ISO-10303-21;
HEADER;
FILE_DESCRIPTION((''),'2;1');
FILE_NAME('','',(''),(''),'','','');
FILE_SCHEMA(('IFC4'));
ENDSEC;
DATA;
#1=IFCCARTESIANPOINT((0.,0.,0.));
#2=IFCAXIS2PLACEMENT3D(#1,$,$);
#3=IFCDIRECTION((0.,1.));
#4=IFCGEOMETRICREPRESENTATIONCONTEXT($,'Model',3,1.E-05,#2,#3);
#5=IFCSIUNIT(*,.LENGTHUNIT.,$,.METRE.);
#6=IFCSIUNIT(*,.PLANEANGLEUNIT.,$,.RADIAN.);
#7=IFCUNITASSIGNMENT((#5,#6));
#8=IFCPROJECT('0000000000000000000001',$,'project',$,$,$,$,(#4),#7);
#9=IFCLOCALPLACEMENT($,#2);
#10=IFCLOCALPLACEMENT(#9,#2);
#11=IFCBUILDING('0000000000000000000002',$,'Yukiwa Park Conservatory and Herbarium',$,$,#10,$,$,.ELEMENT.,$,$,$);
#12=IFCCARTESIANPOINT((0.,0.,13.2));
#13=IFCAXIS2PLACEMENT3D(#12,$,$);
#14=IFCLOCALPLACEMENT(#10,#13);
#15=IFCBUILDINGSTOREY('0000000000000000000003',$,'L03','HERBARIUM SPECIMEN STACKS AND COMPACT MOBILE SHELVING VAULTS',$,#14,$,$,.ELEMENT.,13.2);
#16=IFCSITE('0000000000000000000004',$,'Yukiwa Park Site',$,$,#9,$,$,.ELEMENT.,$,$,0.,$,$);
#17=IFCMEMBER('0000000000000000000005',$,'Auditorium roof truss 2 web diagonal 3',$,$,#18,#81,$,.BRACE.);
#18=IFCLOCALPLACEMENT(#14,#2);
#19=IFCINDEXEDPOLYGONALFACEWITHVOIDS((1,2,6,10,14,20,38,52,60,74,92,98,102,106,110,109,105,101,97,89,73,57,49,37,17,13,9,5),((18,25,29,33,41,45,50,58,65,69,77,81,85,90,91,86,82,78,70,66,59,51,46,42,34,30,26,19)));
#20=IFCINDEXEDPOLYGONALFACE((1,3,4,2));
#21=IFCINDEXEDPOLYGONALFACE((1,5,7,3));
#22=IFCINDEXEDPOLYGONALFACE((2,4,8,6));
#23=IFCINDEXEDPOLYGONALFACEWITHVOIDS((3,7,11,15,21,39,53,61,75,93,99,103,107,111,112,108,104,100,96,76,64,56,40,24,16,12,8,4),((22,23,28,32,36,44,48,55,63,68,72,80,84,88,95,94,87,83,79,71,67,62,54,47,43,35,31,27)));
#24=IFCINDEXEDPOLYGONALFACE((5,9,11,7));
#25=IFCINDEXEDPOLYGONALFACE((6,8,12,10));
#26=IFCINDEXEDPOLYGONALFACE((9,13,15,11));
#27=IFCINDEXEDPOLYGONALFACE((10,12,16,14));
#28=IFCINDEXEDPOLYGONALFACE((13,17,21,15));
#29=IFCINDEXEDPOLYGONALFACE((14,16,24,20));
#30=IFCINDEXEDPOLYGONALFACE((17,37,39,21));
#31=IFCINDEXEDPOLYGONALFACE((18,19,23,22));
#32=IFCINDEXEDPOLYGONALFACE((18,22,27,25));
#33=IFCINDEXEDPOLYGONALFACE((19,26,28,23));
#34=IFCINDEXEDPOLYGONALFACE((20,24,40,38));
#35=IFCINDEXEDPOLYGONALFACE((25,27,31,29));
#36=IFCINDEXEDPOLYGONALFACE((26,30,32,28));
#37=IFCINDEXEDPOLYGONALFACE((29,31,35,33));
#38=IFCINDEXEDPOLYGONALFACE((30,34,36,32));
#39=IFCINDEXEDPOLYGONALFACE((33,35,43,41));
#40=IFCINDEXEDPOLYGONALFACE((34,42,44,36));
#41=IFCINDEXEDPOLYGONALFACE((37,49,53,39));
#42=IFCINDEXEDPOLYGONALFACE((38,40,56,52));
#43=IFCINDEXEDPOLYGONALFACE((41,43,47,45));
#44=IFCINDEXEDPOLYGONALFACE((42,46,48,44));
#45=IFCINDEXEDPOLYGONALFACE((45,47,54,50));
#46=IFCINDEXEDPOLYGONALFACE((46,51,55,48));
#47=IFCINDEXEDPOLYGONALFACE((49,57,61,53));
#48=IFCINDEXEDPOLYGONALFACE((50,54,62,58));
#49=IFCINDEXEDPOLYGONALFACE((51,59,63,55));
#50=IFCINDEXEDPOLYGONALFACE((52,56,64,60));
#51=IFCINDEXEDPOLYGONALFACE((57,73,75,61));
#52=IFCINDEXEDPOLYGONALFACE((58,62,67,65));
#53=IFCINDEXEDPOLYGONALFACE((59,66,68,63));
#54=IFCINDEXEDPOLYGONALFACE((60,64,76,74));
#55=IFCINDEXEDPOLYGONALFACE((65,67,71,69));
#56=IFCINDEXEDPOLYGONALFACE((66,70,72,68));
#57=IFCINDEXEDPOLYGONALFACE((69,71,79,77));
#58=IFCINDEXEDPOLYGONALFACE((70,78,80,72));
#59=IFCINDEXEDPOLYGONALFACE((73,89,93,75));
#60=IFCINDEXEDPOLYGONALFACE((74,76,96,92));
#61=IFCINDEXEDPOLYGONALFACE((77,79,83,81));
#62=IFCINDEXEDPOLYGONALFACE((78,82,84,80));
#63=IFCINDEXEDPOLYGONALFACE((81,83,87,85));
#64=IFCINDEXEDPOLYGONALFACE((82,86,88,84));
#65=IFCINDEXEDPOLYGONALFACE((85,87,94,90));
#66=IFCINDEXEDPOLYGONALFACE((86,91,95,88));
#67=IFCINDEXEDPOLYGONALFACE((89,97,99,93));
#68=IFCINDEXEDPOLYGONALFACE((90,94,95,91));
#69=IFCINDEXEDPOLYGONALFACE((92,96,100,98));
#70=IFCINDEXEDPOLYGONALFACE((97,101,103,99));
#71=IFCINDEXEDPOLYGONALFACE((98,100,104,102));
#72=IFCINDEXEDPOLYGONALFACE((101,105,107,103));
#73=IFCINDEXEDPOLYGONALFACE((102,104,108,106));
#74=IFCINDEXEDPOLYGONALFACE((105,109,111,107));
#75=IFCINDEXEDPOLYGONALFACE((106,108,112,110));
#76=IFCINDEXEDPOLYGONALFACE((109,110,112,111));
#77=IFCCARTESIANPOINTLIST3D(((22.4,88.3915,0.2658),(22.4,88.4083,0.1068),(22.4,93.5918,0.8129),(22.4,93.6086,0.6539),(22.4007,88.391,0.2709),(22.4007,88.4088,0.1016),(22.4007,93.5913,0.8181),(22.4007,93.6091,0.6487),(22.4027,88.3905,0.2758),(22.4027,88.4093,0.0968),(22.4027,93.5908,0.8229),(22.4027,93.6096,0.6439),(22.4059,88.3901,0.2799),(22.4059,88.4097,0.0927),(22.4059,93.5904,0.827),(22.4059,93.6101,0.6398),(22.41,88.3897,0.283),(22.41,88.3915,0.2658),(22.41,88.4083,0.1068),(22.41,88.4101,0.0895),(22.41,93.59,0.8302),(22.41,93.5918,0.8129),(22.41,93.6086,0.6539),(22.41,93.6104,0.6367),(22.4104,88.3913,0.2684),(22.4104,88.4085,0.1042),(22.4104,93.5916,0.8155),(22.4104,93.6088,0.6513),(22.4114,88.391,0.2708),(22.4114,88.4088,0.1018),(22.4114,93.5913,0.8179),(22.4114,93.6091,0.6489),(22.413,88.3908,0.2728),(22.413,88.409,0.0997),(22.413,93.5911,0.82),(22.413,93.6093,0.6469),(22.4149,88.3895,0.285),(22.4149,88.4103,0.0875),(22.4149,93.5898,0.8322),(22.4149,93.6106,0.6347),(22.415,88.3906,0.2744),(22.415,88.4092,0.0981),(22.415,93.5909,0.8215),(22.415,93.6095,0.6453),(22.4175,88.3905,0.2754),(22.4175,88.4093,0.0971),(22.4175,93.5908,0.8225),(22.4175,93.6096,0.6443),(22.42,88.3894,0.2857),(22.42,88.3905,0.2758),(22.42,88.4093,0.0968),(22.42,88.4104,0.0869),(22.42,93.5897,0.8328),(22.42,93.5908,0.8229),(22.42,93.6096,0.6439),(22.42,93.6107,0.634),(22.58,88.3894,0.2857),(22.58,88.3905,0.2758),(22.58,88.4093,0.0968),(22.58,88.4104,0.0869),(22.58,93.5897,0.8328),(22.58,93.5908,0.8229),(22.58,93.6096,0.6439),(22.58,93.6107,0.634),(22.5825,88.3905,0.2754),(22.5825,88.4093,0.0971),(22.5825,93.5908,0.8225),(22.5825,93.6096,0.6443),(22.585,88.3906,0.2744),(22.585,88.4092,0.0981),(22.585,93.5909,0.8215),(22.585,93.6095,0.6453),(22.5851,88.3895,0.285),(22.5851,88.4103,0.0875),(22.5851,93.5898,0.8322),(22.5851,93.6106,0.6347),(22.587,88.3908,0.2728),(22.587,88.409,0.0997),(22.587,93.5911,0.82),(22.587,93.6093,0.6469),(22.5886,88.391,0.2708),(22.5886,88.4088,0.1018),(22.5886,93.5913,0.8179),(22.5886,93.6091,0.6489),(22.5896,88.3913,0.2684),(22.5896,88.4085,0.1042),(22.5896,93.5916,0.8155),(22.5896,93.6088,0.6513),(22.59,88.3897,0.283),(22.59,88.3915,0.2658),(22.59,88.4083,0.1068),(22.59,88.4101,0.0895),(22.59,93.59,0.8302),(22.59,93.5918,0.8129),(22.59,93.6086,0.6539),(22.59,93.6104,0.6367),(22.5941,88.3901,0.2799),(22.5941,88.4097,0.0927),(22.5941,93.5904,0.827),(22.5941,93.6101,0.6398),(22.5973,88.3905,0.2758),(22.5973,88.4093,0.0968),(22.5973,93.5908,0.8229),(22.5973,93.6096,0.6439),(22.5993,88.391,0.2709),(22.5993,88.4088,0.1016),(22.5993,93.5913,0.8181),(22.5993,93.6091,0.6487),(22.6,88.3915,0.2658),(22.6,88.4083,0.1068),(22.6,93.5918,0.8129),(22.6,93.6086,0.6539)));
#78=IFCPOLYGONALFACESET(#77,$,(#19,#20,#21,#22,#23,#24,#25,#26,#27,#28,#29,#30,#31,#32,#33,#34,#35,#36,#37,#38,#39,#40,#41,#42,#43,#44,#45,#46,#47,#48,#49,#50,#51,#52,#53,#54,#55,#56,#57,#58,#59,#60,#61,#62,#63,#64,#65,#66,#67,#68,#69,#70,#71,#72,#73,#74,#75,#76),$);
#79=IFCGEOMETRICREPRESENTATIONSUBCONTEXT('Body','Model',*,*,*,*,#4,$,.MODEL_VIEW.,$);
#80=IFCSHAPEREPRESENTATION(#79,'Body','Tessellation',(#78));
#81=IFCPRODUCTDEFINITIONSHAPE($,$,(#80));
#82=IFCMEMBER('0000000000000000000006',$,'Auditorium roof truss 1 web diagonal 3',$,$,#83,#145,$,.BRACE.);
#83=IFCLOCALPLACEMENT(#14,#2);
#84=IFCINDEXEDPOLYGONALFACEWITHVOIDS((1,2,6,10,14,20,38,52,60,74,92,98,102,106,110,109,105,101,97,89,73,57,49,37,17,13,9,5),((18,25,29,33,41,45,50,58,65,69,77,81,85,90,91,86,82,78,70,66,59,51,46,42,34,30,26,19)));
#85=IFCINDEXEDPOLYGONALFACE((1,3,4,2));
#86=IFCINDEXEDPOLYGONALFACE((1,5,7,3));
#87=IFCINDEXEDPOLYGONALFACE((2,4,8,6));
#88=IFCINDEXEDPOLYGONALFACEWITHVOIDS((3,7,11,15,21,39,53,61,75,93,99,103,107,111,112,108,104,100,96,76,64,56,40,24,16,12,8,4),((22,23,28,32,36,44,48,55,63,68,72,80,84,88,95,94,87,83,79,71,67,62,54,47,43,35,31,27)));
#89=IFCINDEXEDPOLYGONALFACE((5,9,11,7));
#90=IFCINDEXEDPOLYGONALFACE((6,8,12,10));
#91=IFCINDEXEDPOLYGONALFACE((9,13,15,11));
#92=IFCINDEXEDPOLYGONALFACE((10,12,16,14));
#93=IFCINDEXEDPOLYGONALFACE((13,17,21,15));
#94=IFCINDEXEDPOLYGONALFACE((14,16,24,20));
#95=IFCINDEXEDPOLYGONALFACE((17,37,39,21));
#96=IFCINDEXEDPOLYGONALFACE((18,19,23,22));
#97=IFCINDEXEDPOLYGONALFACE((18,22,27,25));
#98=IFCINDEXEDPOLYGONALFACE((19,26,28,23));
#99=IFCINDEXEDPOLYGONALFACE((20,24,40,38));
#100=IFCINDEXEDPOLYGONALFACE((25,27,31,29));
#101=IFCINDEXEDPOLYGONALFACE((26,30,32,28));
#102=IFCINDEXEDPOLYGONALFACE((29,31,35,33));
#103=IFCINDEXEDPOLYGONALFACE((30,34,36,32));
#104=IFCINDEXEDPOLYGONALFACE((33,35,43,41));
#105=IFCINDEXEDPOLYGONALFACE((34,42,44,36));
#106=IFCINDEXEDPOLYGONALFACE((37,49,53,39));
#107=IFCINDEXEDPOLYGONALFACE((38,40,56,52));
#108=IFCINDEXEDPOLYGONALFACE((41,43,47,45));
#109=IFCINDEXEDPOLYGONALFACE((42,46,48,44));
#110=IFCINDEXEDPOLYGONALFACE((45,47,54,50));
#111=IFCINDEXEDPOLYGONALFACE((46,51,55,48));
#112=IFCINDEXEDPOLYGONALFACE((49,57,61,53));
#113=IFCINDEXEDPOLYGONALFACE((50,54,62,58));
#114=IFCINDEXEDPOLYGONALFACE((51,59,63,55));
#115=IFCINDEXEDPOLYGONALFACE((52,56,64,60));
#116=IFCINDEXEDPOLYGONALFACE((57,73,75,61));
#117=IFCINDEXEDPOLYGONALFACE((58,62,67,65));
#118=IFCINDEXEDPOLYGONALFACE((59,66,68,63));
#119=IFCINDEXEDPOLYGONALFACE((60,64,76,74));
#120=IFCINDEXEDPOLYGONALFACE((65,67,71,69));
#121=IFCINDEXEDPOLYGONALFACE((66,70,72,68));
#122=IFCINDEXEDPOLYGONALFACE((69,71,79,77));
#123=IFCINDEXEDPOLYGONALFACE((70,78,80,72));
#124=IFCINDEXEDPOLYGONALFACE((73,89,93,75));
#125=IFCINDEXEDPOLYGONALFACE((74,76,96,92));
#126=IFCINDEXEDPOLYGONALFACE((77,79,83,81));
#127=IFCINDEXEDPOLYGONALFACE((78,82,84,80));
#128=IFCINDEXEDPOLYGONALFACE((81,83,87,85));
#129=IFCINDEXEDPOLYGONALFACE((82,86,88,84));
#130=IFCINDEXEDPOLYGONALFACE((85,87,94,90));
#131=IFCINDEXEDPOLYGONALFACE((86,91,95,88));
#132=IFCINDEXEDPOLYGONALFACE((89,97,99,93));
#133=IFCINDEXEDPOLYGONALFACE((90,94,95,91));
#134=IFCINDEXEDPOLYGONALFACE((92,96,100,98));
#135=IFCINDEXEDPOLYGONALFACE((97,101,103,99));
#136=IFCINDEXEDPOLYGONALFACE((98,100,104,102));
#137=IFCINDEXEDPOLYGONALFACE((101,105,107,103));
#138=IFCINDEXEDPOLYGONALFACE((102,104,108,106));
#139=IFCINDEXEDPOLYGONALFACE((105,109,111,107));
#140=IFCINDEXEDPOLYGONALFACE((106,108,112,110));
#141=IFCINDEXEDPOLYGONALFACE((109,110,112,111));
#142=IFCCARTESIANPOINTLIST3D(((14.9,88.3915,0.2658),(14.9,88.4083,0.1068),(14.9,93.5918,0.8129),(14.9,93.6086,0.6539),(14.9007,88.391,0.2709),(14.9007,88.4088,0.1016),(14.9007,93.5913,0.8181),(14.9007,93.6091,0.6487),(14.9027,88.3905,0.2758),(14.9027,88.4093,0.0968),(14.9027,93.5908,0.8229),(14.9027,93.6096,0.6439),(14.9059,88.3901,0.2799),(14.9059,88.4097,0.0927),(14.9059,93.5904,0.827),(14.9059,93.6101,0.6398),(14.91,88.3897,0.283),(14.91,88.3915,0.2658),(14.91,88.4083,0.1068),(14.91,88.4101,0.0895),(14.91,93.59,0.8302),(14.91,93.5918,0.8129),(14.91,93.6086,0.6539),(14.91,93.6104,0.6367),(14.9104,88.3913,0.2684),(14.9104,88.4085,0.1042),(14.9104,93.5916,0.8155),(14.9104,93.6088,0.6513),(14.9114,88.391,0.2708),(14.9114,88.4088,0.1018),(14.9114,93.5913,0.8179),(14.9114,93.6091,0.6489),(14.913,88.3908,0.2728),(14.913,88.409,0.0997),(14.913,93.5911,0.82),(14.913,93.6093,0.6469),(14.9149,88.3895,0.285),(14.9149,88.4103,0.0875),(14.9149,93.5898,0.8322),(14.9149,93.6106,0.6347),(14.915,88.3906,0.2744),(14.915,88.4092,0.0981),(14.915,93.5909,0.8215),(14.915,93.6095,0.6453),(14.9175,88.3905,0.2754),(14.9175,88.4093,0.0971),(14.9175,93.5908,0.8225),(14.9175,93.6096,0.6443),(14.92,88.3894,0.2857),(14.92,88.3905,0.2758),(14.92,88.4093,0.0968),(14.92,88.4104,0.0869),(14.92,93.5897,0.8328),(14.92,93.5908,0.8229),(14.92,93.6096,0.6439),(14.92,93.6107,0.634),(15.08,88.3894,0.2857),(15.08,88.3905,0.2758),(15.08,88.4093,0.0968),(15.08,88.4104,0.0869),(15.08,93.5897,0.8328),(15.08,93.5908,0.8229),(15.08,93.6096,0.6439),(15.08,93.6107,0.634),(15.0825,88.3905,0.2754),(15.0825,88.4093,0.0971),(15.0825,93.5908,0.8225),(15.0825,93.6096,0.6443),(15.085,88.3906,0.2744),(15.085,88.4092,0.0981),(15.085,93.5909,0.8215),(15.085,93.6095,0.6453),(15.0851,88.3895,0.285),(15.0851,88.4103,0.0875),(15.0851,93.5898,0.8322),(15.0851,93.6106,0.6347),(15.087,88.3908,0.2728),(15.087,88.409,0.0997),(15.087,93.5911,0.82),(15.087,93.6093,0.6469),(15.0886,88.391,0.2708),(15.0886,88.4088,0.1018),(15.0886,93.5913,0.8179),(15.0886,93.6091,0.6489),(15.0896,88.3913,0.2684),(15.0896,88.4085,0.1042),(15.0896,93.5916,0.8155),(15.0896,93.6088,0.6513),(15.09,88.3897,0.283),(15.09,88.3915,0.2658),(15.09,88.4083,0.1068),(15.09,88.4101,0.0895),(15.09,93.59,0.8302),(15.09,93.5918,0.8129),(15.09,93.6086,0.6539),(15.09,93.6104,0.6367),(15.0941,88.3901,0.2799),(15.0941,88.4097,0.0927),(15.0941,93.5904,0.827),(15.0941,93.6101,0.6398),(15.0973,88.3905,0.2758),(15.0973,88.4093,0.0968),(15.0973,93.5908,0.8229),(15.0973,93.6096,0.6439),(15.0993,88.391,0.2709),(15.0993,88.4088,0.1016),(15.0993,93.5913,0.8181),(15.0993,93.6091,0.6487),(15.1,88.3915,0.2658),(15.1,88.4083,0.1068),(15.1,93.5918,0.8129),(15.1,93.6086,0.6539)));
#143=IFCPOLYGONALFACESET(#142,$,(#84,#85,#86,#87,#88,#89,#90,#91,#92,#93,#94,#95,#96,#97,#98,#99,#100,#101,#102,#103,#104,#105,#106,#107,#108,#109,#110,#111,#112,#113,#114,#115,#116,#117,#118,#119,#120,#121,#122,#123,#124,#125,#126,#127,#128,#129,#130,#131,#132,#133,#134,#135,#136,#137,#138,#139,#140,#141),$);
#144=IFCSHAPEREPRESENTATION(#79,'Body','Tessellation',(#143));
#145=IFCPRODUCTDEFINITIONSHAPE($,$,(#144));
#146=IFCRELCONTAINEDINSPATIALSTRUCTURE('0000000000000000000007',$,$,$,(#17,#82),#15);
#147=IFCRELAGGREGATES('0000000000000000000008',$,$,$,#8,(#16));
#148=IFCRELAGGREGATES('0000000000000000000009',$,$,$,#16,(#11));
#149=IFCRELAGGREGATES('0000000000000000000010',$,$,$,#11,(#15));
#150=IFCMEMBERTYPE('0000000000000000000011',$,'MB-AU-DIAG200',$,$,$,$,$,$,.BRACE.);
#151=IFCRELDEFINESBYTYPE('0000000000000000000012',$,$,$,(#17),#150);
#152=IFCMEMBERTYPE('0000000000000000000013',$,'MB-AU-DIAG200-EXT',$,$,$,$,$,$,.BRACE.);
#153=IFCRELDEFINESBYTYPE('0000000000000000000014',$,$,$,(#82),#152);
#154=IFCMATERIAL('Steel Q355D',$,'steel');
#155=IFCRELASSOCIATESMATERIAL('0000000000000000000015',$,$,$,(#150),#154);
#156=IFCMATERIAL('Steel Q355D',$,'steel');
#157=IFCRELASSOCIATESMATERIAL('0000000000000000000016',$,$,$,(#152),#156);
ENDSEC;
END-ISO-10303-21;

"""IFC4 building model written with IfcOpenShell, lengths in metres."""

from ifc_helpers import new_model, si_unit, direction, frame, origin, origin_2d, place, context, subcontext, project, spatial, hollow_rectangle, extrude, material, material_profile, profile_set, type_object, element, save


model = new_model("IFC4")

# Units and contexts
model_context = context("Model", 3, precision=1e-05, world=origin(), true_north=direction((0.0, 1.0)))
body_context = subcontext(model_context, "Body", "Model", "MODEL_VIEW")
ifc_project = project(units=[si_unit("LENGTHUNIT", "METRE"), si_unit("PLANEANGLEUNIT", "RADIAN")], contexts=[model_context])

# Site, building, storey
site_placement = place(None, origin())
site = spatial("IfcSite", under=ifc_project, at=site_placement, Name="Yukiwa Park Site", CompositionType="ELEMENT", RefElevation=0.0)
building_placement = place(site_placement, origin())
building = spatial("IfcBuilding", under=site, at=building_placement, Name="Yukiwa Park Conservatory and Herbarium", CompositionType="ELEMENT")
storey_placement = place(building_placement, frame((0.0, 0.0, 13.2)))
storey = spatial("IfcBuildingStorey", under=building, at=storey_placement, Name="L03", Description="HERBARIUM SPECIMEN STACKS AND COMPACT MOBILE SHELVING VAULTS", CompositionType="ELEMENT", Elevation=13.2)

# Members
ifc_material_1 = material(Name="Steel Q355D", Category="steel")
ifc_material_profile_1 = material_profile(ifc_material_1, hollow_rectangle(XDim=0.2, YDim=0.2, WallThickness=0.01, InnerFilletRadius=0.01, OuterFilletRadius=0.02, at=origin_2d()), Name="SHS 200x200x10")
ifc_profile_set_1 = profile_set([ifc_material_profile_1], Name="Steel Q355D")
member_type_1 = type_object("IfcMemberType", Name="MB-AU-DIAG200", PredefinedType="BRACE", material=ifc_profile_set_1)
member_1_placement = place(storey_placement, frame((22.5, 88.3999, 0.1863), z_axis=(0.0, 0.994511, 0.104634), x_axis=(-1.0, 0.0, 0.0)))
element("IfcMember", 1, at=member_1_placement, inside=storey, type_object=member_type_1, Name="Auditorium roof truss 2 web diagonal 3", PredefinedType="BRACE", context=body_context, shape_type="SweptSolid", body=[
    extrude(hollow_rectangle(XDim=0.2, YDim=0.2, WallThickness=0.01, InnerFilletRadius=0.01, OuterFilletRadius=0.02, at=origin_2d()), origin(), (0.0, 0.0, 1.0), 5.229),
])
ifc_material_2 = material(Name="Steel Q355D", Category="steel")
ifc_material_profile_2 = material_profile(ifc_material_2, hollow_rectangle(XDim=0.2, YDim=0.2, WallThickness=0.01, InnerFilletRadius=0.01, OuterFilletRadius=0.02, at=origin_2d()), Name="SHS 200x200x10")
ifc_profile_set_2 = profile_set([ifc_material_profile_2], Name="Steel Q355D")
member_type_2 = type_object("IfcMemberType", Name="MB-AU-DIAG200-EXT", PredefinedType="BRACE", material=ifc_profile_set_2)
member_2_placement = place(storey_placement, frame((15.0, 88.3999, 0.1863), z_axis=(0.0, 0.994511, 0.104634), x_axis=(-1.0, 0.0, 0.0)))
element("IfcMember", 2, at=member_2_placement, inside=storey, type_object=member_type_2, Name="Auditorium roof truss 1 web diagonal 3", PredefinedType="BRACE", context=body_context, shape_type="SweptSolid", body=[
    extrude(hollow_rectangle(XDim=0.2, YDim=0.2, WallThickness=0.01, InnerFilletRadius=0.01, OuterFilletRadius=0.02, at=origin_2d()), origin(), (0.0, 0.0, 1.0), 5.229),
])

save(model, "model.ifc")
